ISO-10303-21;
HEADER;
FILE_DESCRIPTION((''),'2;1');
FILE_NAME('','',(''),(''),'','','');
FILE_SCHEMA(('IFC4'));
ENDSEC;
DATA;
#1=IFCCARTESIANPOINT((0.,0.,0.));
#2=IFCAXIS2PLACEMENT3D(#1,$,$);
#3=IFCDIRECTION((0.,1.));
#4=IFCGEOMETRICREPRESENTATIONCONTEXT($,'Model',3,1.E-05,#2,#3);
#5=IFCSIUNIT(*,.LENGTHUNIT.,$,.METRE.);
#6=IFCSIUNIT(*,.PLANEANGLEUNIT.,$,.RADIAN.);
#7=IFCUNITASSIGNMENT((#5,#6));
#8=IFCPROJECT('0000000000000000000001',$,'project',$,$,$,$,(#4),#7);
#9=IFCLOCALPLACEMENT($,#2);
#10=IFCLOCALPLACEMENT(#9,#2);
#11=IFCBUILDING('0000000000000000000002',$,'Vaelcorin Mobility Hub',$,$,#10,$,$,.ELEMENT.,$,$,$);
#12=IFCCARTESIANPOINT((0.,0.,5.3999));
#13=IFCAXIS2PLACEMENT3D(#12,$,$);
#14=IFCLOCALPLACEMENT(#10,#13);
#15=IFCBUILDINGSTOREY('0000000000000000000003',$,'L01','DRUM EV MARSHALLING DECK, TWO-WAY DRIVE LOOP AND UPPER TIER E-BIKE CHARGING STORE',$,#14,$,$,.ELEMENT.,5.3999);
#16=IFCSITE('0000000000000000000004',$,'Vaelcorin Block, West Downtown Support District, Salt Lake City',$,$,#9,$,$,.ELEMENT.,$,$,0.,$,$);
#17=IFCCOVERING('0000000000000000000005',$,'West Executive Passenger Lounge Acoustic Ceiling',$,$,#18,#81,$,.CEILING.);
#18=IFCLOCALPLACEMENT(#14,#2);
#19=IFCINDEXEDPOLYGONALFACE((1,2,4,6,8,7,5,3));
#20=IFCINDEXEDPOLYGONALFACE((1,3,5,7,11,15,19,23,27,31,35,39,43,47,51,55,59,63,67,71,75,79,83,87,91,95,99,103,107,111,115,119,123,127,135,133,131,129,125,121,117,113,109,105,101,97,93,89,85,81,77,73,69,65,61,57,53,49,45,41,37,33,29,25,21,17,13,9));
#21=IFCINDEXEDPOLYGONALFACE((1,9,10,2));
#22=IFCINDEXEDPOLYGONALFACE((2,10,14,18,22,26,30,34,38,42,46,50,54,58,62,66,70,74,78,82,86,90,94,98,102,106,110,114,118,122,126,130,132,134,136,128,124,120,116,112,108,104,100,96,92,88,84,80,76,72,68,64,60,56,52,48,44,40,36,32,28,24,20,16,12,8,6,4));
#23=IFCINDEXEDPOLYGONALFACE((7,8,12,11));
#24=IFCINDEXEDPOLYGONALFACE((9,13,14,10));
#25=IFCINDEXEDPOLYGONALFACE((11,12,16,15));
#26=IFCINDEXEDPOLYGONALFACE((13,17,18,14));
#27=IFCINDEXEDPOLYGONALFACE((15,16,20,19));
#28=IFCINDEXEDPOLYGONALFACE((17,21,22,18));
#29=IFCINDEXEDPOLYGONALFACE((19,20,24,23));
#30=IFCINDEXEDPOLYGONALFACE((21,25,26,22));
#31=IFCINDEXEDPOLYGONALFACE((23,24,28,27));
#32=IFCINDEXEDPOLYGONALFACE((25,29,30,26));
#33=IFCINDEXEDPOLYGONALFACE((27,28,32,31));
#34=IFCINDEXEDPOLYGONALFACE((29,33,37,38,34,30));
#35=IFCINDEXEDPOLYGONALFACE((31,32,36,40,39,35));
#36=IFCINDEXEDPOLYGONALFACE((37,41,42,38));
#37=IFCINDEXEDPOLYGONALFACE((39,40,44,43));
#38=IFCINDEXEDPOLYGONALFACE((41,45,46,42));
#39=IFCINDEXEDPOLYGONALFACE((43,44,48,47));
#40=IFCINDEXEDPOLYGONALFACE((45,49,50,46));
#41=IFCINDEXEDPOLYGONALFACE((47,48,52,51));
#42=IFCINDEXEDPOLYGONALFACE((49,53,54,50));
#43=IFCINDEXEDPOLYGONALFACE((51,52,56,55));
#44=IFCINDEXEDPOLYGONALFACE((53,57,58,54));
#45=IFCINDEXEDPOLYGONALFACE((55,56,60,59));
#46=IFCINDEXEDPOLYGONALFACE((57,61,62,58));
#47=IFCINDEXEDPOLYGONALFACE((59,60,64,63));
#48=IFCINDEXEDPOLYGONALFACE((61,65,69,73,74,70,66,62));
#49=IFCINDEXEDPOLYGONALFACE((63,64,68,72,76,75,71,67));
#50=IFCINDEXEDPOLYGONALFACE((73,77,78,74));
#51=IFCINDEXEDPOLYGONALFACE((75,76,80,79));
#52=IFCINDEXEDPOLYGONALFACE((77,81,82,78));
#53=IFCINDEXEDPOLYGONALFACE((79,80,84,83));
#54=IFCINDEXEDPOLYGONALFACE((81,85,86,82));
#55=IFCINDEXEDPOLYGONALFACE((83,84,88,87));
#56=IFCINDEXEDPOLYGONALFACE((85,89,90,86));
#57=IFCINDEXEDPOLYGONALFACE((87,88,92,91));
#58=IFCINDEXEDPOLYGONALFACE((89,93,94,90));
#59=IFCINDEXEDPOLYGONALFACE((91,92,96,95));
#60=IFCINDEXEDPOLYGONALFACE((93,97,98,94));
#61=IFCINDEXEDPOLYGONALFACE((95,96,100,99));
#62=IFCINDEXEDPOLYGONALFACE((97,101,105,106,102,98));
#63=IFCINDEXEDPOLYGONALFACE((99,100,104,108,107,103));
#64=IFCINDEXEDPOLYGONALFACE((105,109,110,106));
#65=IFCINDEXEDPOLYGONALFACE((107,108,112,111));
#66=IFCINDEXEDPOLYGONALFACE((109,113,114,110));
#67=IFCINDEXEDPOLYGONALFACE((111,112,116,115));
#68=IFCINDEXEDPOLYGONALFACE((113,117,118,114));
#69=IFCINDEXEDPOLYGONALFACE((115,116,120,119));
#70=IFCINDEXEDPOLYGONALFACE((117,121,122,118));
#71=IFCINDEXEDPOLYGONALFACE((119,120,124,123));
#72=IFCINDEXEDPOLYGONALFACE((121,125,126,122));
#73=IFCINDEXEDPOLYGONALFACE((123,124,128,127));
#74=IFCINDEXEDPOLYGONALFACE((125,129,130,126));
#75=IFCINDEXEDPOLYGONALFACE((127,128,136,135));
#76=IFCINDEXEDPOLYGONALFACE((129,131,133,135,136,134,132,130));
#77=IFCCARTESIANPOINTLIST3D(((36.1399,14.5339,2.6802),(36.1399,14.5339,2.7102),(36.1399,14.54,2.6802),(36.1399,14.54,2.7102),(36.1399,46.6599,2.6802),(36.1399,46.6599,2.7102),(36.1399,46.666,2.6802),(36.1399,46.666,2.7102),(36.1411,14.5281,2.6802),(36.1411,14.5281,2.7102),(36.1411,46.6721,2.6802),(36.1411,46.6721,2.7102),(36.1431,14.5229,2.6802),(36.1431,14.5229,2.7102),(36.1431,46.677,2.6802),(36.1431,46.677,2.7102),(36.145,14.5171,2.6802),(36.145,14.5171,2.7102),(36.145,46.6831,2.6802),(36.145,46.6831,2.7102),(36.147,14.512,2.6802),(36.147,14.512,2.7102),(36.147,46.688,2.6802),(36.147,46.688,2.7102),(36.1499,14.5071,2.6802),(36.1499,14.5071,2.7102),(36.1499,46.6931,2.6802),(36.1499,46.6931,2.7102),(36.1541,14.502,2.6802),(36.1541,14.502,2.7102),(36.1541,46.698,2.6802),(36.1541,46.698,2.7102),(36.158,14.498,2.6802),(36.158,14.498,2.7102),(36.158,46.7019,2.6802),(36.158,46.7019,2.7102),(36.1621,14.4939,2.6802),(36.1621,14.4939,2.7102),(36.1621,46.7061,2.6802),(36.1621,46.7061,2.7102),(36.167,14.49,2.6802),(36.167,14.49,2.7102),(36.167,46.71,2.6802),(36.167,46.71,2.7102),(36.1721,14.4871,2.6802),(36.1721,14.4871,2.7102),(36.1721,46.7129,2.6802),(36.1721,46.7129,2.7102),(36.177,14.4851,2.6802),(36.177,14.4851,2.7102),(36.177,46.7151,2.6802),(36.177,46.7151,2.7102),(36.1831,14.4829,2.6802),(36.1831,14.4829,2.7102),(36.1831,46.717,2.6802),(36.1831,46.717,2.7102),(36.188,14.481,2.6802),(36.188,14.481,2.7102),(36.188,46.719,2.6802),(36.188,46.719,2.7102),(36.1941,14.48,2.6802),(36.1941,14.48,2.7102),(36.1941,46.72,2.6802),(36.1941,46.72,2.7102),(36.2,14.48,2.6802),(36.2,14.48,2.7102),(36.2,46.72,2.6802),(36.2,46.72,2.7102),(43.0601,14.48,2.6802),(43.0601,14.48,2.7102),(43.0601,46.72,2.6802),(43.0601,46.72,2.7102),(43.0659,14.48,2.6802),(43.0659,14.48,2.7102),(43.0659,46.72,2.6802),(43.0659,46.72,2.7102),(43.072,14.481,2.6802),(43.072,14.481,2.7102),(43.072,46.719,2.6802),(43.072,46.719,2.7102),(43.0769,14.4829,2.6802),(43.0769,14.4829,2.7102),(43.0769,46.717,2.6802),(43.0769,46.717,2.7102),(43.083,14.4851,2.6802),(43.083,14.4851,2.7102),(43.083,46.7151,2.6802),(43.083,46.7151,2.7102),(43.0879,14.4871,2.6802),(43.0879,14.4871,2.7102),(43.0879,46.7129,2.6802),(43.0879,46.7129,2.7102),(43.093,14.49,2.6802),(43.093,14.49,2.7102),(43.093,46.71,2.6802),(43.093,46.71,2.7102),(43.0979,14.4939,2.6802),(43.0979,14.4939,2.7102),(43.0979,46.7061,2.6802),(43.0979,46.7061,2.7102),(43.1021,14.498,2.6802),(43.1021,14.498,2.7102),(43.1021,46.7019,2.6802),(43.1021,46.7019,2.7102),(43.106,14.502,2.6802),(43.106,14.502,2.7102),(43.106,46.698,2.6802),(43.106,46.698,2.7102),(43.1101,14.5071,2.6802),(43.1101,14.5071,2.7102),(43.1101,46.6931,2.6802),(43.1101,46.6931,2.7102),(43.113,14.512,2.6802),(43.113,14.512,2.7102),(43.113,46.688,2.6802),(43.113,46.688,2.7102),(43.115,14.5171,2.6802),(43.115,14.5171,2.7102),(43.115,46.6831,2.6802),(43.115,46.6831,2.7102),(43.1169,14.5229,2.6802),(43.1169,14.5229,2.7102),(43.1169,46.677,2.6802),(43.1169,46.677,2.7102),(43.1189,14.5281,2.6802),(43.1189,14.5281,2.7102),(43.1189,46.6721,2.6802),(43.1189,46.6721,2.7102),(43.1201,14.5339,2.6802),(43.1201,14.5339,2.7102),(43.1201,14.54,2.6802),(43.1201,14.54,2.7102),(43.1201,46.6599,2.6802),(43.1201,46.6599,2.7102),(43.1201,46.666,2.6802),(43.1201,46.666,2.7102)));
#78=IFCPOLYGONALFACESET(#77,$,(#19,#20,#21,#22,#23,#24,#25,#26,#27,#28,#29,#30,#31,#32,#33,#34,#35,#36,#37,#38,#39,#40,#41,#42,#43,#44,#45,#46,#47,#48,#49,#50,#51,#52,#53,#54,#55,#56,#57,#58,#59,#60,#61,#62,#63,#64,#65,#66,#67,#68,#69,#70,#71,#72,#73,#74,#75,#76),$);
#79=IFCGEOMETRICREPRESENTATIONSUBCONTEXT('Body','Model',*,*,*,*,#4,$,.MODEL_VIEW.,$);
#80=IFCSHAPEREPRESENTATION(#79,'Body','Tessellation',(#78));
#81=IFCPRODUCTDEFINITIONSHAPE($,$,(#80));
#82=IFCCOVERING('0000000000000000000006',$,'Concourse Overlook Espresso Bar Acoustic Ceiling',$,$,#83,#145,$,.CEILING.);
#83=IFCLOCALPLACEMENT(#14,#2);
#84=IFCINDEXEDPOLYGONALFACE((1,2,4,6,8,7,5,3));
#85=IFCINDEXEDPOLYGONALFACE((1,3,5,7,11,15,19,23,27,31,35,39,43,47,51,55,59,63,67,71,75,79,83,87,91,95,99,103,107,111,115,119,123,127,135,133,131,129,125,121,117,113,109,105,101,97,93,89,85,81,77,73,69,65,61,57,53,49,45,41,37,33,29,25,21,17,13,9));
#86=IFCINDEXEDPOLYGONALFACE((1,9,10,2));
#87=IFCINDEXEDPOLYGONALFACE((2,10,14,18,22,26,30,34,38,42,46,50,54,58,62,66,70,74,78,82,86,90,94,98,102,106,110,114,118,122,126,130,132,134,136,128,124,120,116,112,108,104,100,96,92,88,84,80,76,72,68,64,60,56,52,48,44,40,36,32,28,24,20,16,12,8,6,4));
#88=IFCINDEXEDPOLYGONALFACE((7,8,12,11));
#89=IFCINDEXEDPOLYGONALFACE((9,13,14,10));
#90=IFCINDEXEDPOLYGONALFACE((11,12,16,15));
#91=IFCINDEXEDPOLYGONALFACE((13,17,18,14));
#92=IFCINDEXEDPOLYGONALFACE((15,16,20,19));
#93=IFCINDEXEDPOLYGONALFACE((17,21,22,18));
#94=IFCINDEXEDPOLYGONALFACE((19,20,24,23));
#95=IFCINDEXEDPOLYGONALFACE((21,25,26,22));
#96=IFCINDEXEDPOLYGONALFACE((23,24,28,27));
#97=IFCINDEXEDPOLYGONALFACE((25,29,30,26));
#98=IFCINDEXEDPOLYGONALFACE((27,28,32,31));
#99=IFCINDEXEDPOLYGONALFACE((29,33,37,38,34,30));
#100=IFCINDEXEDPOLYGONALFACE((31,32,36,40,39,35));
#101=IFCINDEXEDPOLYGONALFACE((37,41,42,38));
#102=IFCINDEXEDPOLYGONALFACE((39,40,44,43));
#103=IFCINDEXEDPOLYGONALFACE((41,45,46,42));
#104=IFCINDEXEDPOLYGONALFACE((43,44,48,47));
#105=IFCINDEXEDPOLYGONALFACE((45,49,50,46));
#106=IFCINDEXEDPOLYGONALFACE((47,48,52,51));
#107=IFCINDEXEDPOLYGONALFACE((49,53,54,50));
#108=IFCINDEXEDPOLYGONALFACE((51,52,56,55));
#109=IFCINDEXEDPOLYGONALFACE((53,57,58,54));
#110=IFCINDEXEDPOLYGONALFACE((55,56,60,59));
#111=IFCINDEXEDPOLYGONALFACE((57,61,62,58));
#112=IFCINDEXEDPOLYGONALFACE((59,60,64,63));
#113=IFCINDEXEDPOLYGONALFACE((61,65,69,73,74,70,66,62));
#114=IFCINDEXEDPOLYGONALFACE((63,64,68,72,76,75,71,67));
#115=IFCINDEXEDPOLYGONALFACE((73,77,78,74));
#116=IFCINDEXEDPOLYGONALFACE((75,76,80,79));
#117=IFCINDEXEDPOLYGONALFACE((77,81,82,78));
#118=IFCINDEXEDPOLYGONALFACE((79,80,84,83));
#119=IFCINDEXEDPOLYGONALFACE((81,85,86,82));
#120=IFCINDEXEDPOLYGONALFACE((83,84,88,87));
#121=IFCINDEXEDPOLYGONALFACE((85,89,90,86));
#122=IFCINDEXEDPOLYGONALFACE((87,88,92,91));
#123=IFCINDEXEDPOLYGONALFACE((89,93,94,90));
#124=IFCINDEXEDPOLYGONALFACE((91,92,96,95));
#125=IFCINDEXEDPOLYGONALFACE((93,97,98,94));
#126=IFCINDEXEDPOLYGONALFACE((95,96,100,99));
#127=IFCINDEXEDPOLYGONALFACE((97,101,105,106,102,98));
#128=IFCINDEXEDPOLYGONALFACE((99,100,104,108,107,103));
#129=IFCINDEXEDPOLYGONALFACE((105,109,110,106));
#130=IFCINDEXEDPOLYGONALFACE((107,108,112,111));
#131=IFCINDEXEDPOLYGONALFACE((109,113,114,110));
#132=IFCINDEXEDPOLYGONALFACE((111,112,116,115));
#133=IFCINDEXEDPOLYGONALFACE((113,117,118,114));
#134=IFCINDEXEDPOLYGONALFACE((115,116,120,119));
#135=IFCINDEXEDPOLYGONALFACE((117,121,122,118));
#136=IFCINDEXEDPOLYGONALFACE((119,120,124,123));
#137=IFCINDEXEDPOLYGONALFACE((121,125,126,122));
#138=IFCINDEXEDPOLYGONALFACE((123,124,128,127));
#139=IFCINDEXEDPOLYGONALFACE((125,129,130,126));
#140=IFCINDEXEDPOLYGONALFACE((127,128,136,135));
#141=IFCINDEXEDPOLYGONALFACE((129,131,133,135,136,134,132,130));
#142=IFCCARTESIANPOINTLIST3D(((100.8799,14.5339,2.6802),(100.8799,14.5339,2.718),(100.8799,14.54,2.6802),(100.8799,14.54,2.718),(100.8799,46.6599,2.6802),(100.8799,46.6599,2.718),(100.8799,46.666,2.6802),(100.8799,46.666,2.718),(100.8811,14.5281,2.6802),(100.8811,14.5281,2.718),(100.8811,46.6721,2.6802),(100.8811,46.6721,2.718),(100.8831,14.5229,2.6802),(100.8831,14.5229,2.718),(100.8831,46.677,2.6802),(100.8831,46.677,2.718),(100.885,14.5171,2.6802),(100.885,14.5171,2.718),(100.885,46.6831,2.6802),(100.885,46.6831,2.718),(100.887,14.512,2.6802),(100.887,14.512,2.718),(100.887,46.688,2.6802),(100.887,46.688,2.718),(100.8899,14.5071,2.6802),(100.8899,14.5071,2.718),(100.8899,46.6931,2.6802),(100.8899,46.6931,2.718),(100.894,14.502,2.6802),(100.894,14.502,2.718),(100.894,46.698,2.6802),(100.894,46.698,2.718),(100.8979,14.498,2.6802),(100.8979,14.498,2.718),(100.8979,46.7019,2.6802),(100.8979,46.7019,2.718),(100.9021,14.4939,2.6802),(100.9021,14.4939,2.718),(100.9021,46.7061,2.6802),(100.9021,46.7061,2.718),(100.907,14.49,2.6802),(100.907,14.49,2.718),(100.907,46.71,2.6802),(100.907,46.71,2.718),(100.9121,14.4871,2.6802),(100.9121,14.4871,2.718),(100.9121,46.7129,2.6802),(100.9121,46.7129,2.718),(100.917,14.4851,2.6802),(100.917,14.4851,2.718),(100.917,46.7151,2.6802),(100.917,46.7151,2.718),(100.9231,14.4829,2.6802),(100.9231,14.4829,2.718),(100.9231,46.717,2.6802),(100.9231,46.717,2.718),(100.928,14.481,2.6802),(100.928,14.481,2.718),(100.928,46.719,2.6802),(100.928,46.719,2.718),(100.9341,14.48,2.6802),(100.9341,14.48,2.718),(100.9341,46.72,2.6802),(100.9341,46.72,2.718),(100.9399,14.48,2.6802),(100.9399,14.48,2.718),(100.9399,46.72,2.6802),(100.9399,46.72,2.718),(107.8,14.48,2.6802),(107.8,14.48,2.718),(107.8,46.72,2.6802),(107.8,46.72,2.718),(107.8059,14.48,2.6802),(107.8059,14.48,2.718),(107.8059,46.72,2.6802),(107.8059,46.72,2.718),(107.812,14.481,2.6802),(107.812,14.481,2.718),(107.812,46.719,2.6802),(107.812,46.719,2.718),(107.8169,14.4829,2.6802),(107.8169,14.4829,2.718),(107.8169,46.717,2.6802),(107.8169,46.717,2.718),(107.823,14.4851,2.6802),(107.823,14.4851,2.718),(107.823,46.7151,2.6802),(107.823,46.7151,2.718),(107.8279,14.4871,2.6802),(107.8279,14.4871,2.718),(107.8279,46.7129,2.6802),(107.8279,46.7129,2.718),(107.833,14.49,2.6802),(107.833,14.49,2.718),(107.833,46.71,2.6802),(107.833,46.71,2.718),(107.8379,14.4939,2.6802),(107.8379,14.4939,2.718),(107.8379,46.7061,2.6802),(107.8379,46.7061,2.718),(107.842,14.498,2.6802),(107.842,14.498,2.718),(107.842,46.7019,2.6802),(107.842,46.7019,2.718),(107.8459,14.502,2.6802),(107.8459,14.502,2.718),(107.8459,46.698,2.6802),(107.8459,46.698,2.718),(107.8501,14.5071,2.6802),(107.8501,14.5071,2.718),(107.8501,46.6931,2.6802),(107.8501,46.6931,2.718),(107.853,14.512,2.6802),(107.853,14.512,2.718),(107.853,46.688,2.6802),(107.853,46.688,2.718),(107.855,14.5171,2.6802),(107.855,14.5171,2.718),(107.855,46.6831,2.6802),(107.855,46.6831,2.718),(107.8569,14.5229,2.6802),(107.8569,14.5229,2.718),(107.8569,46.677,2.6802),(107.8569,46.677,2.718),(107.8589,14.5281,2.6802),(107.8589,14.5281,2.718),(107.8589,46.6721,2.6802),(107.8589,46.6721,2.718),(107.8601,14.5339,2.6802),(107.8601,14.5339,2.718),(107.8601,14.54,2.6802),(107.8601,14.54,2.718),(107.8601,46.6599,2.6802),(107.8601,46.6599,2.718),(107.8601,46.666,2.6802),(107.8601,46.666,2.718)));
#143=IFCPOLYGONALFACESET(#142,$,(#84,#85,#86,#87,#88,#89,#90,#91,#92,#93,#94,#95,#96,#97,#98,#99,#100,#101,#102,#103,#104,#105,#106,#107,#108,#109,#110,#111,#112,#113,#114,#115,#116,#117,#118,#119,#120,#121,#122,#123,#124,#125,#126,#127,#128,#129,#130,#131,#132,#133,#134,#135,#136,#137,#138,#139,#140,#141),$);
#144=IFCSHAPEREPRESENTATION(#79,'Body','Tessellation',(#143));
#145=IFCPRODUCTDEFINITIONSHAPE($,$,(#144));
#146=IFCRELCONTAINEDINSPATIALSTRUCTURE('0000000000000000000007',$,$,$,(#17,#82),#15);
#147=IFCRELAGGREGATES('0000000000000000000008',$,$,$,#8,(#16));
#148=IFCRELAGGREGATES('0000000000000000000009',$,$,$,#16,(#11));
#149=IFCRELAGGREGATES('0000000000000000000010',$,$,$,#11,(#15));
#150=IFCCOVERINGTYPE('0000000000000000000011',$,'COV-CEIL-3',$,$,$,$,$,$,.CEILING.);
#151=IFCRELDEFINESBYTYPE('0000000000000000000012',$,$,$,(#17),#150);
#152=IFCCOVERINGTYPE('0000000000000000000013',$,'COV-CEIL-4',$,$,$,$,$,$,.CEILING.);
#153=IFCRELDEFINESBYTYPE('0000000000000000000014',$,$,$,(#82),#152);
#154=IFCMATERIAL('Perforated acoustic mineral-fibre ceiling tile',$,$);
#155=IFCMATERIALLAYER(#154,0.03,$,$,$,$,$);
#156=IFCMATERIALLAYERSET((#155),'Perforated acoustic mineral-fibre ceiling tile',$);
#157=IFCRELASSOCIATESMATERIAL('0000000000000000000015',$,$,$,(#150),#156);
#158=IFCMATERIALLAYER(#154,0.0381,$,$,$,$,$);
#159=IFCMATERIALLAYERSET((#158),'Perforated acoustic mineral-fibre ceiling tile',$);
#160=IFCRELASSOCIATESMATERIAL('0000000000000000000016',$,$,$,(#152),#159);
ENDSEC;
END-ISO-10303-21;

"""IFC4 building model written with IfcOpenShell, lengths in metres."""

from ifc_helpers import new_model, si_unit, direction, frame, origin, place, context, subcontext, project, spatial, polyline, outline, extrude, material, layer, layer_set, type_object, element, save


model = new_model("IFC4")

# Units and contexts
model_context = context("Model", 3, precision=1e-05, world=origin(), true_north=direction((0.0, 1.0)))
body_context = subcontext(model_context, "Body", "Model", "MODEL_VIEW")
ifc_project = project(units=[si_unit("LENGTHUNIT", "METRE"), si_unit("PLANEANGLEUNIT", "RADIAN")], contexts=[model_context])

# Site, building, storey
site_placement = place(None, origin())
site = spatial("IfcSite", under=ifc_project, at=site_placement, Name="Vaelcorin Block, West Downtown Support District, Salt Lake City", CompositionType="ELEMENT", RefElevation=0.0)
building_placement = place(site_placement, origin())
building = spatial("IfcBuilding", under=site, at=building_placement, Name="Vaelcorin Mobility Hub", CompositionType="ELEMENT")
storey_placement = place(building_placement, frame((0.0, 0.0, 5.3999)))
storey = spatial("IfcBuildingStorey", under=building, at=storey_placement, Name="L01", Description="DRUM EV MARSHALLING DECK, TWO-WAY DRIVE LOOP AND UPPER TIER E-BIKE CHARGING STORE", CompositionType="ELEMENT", Elevation=5.3999)

# Coverings
ifc_material_1 = material(Name="Perforated acoustic mineral-fibre ceiling tile")
ifc_layer_1 = layer(ifc_material_1, 0.03)
ifc_layer_set_1 = layer_set([ifc_layer_1], Name="Perforated acoustic mineral-fibre ceiling tile")
covering_type_1 = type_object("IfcCoveringType", Name="COV-CEIL-3", PredefinedType="CEILING", material=ifc_layer_set_1)
covering_1_placement = place(storey_placement, frame((0.0, 0.0, 2.6802)))
element("IfcCovering", 1, at=covering_1_placement, inside=storey, type_object=covering_type_1, Name="West Executive Passenger Lounge Acoustic Ceiling", PredefinedType="CEILING", context=body_context, shape_type="SweptSolid", body=[
    extrude(outline(polyline([(36.2, 14.48), (36.1941, 14.48), (36.188, 14.481), (36.1831, 14.4829), (36.177, 14.4851), (36.1721, 14.4871), (36.167, 14.49), (36.1621, 14.4939), (36.158, 14.498), (36.1541, 14.502), (36.1499, 14.5071), (36.147, 14.512), (36.145, 14.5171), (36.1431, 14.5229), (36.1411, 14.5281), (36.1399, 14.5339), (36.1399, 14.54), (36.1399, 46.6599), (36.1399, 46.666), (36.1411, 46.6721), (36.1431, 46.677), (36.145, 46.6831), (36.147, 46.688), (36.1499, 46.6931), (36.1541, 46.698), (36.158, 46.7019), (36.1621, 46.7061), (36.167, 46.71), (36.1721, 46.7129), (36.177, 46.7151), (36.1831, 46.717), (36.188, 46.719), (36.1941, 46.72), (36.2, 46.72), (43.0601, 46.72), (43.0659, 46.72), (43.072, 46.719), (43.0769, 46.717), (43.083, 46.7151), (43.0879, 46.7129), (43.093, 46.71), (43.0979, 46.7061), (43.1021, 46.7019), (43.106, 46.698), (43.1101, 46.6931), (43.113, 46.688), (43.115, 46.6831), (43.1169, 46.677), (43.1189, 46.6721), (43.1201, 46.666), (43.1201, 46.6599), (43.1201, 14.54), (43.1201, 14.5339), (43.1189, 14.5281), (43.1169, 14.5229), (43.115, 14.5171), (43.113, 14.512), (43.1101, 14.5071), (43.106, 14.502), (43.1021, 14.498), (43.0979, 14.4939), (43.093, 14.49), (43.0879, 14.4871), (43.083, 14.4851), (43.0769, 14.4829), (43.072, 14.481), (43.0659, 14.48), (43.0601, 14.48), (36.2, 14.48)])), origin(), (0.0, 0.0, 1.0), 0.03),
])
ifc_layer_2 = layer(ifc_material_1, 0.0381)
ifc_layer_set_2 = layer_set([ifc_layer_2], Name="Perforated acoustic mineral-fibre ceiling tile")
covering_type_2 = type_object("IfcCoveringType", Name="COV-CEIL-4", PredefinedType="CEILING", material=ifc_layer_set_2)
covering_2_placement = place(storey_placement, frame((0.0, 0.0, 2.6802)))
element("IfcCovering", 2, at=covering_2_placement, inside=storey, type_object=covering_type_2, Name="Concourse Overlook Espresso Bar Acoustic Ceiling", PredefinedType="CEILING", context=body_context, shape_type="SweptSolid", body=[
    extrude(outline(polyline([(100.9399, 14.48), (100.9341, 14.48), (100.928, 14.481), (100.9231, 14.4829), (100.917, 14.4851), (100.9121, 14.4871), (100.907, 14.49), (100.9021, 14.4939), (100.8979, 14.498), (100.894, 14.502), (100.8899, 14.5071), (100.887, 14.512), (100.885, 14.5171), (100.8831, 14.5229), (100.8811, 14.5281), (100.8799, 14.5339), (100.8799, 14.54), (100.8799, 46.6599), (100.8799, 46.666), (100.8811, 46.6721), (100.8831, 46.677), (100.885, 46.6831), (100.887, 46.688), (100.8899, 46.6931), (100.894, 46.698), (100.8979, 46.7019), (100.9021, 46.7061), (100.907, 46.71), (100.9121, 46.7129), (100.917, 46.7151), (100.9231, 46.717), (100.928, 46.719), (100.9341, 46.72), (100.9399, 46.72), (107.8, 46.72), (107.8059, 46.72), (107.812, 46.719), (107.8169, 46.717), (107.823, 46.7151), (107.8279, 46.7129), (107.833, 46.71), (107.8379, 46.7061), (107.842, 46.7019), (107.8459, 46.698), (107.8501, 46.6931), (107.853, 46.688), (107.855, 46.6831), (107.8569, 46.677), (107.8589, 46.6721), (107.8601, 46.666), (107.8601, 46.6599), (107.8601, 14.54), (107.8601, 14.5339), (107.8589, 14.5281), (107.8569, 14.5229), (107.855, 14.5171), (107.853, 14.512), (107.8501, 14.5071), (107.8459, 14.502), (107.842, 14.498), (107.8379, 14.4939), (107.833, 14.49), (107.8279, 14.4871), (107.823, 14.4851), (107.8169, 14.4829), (107.812, 14.481), (107.8059, 14.48), (107.8, 14.48), (100.9399, 14.48)])), origin(), (0.0, 0.0, 1.0), 0.0378),
])

save(model, "model.ifc")
